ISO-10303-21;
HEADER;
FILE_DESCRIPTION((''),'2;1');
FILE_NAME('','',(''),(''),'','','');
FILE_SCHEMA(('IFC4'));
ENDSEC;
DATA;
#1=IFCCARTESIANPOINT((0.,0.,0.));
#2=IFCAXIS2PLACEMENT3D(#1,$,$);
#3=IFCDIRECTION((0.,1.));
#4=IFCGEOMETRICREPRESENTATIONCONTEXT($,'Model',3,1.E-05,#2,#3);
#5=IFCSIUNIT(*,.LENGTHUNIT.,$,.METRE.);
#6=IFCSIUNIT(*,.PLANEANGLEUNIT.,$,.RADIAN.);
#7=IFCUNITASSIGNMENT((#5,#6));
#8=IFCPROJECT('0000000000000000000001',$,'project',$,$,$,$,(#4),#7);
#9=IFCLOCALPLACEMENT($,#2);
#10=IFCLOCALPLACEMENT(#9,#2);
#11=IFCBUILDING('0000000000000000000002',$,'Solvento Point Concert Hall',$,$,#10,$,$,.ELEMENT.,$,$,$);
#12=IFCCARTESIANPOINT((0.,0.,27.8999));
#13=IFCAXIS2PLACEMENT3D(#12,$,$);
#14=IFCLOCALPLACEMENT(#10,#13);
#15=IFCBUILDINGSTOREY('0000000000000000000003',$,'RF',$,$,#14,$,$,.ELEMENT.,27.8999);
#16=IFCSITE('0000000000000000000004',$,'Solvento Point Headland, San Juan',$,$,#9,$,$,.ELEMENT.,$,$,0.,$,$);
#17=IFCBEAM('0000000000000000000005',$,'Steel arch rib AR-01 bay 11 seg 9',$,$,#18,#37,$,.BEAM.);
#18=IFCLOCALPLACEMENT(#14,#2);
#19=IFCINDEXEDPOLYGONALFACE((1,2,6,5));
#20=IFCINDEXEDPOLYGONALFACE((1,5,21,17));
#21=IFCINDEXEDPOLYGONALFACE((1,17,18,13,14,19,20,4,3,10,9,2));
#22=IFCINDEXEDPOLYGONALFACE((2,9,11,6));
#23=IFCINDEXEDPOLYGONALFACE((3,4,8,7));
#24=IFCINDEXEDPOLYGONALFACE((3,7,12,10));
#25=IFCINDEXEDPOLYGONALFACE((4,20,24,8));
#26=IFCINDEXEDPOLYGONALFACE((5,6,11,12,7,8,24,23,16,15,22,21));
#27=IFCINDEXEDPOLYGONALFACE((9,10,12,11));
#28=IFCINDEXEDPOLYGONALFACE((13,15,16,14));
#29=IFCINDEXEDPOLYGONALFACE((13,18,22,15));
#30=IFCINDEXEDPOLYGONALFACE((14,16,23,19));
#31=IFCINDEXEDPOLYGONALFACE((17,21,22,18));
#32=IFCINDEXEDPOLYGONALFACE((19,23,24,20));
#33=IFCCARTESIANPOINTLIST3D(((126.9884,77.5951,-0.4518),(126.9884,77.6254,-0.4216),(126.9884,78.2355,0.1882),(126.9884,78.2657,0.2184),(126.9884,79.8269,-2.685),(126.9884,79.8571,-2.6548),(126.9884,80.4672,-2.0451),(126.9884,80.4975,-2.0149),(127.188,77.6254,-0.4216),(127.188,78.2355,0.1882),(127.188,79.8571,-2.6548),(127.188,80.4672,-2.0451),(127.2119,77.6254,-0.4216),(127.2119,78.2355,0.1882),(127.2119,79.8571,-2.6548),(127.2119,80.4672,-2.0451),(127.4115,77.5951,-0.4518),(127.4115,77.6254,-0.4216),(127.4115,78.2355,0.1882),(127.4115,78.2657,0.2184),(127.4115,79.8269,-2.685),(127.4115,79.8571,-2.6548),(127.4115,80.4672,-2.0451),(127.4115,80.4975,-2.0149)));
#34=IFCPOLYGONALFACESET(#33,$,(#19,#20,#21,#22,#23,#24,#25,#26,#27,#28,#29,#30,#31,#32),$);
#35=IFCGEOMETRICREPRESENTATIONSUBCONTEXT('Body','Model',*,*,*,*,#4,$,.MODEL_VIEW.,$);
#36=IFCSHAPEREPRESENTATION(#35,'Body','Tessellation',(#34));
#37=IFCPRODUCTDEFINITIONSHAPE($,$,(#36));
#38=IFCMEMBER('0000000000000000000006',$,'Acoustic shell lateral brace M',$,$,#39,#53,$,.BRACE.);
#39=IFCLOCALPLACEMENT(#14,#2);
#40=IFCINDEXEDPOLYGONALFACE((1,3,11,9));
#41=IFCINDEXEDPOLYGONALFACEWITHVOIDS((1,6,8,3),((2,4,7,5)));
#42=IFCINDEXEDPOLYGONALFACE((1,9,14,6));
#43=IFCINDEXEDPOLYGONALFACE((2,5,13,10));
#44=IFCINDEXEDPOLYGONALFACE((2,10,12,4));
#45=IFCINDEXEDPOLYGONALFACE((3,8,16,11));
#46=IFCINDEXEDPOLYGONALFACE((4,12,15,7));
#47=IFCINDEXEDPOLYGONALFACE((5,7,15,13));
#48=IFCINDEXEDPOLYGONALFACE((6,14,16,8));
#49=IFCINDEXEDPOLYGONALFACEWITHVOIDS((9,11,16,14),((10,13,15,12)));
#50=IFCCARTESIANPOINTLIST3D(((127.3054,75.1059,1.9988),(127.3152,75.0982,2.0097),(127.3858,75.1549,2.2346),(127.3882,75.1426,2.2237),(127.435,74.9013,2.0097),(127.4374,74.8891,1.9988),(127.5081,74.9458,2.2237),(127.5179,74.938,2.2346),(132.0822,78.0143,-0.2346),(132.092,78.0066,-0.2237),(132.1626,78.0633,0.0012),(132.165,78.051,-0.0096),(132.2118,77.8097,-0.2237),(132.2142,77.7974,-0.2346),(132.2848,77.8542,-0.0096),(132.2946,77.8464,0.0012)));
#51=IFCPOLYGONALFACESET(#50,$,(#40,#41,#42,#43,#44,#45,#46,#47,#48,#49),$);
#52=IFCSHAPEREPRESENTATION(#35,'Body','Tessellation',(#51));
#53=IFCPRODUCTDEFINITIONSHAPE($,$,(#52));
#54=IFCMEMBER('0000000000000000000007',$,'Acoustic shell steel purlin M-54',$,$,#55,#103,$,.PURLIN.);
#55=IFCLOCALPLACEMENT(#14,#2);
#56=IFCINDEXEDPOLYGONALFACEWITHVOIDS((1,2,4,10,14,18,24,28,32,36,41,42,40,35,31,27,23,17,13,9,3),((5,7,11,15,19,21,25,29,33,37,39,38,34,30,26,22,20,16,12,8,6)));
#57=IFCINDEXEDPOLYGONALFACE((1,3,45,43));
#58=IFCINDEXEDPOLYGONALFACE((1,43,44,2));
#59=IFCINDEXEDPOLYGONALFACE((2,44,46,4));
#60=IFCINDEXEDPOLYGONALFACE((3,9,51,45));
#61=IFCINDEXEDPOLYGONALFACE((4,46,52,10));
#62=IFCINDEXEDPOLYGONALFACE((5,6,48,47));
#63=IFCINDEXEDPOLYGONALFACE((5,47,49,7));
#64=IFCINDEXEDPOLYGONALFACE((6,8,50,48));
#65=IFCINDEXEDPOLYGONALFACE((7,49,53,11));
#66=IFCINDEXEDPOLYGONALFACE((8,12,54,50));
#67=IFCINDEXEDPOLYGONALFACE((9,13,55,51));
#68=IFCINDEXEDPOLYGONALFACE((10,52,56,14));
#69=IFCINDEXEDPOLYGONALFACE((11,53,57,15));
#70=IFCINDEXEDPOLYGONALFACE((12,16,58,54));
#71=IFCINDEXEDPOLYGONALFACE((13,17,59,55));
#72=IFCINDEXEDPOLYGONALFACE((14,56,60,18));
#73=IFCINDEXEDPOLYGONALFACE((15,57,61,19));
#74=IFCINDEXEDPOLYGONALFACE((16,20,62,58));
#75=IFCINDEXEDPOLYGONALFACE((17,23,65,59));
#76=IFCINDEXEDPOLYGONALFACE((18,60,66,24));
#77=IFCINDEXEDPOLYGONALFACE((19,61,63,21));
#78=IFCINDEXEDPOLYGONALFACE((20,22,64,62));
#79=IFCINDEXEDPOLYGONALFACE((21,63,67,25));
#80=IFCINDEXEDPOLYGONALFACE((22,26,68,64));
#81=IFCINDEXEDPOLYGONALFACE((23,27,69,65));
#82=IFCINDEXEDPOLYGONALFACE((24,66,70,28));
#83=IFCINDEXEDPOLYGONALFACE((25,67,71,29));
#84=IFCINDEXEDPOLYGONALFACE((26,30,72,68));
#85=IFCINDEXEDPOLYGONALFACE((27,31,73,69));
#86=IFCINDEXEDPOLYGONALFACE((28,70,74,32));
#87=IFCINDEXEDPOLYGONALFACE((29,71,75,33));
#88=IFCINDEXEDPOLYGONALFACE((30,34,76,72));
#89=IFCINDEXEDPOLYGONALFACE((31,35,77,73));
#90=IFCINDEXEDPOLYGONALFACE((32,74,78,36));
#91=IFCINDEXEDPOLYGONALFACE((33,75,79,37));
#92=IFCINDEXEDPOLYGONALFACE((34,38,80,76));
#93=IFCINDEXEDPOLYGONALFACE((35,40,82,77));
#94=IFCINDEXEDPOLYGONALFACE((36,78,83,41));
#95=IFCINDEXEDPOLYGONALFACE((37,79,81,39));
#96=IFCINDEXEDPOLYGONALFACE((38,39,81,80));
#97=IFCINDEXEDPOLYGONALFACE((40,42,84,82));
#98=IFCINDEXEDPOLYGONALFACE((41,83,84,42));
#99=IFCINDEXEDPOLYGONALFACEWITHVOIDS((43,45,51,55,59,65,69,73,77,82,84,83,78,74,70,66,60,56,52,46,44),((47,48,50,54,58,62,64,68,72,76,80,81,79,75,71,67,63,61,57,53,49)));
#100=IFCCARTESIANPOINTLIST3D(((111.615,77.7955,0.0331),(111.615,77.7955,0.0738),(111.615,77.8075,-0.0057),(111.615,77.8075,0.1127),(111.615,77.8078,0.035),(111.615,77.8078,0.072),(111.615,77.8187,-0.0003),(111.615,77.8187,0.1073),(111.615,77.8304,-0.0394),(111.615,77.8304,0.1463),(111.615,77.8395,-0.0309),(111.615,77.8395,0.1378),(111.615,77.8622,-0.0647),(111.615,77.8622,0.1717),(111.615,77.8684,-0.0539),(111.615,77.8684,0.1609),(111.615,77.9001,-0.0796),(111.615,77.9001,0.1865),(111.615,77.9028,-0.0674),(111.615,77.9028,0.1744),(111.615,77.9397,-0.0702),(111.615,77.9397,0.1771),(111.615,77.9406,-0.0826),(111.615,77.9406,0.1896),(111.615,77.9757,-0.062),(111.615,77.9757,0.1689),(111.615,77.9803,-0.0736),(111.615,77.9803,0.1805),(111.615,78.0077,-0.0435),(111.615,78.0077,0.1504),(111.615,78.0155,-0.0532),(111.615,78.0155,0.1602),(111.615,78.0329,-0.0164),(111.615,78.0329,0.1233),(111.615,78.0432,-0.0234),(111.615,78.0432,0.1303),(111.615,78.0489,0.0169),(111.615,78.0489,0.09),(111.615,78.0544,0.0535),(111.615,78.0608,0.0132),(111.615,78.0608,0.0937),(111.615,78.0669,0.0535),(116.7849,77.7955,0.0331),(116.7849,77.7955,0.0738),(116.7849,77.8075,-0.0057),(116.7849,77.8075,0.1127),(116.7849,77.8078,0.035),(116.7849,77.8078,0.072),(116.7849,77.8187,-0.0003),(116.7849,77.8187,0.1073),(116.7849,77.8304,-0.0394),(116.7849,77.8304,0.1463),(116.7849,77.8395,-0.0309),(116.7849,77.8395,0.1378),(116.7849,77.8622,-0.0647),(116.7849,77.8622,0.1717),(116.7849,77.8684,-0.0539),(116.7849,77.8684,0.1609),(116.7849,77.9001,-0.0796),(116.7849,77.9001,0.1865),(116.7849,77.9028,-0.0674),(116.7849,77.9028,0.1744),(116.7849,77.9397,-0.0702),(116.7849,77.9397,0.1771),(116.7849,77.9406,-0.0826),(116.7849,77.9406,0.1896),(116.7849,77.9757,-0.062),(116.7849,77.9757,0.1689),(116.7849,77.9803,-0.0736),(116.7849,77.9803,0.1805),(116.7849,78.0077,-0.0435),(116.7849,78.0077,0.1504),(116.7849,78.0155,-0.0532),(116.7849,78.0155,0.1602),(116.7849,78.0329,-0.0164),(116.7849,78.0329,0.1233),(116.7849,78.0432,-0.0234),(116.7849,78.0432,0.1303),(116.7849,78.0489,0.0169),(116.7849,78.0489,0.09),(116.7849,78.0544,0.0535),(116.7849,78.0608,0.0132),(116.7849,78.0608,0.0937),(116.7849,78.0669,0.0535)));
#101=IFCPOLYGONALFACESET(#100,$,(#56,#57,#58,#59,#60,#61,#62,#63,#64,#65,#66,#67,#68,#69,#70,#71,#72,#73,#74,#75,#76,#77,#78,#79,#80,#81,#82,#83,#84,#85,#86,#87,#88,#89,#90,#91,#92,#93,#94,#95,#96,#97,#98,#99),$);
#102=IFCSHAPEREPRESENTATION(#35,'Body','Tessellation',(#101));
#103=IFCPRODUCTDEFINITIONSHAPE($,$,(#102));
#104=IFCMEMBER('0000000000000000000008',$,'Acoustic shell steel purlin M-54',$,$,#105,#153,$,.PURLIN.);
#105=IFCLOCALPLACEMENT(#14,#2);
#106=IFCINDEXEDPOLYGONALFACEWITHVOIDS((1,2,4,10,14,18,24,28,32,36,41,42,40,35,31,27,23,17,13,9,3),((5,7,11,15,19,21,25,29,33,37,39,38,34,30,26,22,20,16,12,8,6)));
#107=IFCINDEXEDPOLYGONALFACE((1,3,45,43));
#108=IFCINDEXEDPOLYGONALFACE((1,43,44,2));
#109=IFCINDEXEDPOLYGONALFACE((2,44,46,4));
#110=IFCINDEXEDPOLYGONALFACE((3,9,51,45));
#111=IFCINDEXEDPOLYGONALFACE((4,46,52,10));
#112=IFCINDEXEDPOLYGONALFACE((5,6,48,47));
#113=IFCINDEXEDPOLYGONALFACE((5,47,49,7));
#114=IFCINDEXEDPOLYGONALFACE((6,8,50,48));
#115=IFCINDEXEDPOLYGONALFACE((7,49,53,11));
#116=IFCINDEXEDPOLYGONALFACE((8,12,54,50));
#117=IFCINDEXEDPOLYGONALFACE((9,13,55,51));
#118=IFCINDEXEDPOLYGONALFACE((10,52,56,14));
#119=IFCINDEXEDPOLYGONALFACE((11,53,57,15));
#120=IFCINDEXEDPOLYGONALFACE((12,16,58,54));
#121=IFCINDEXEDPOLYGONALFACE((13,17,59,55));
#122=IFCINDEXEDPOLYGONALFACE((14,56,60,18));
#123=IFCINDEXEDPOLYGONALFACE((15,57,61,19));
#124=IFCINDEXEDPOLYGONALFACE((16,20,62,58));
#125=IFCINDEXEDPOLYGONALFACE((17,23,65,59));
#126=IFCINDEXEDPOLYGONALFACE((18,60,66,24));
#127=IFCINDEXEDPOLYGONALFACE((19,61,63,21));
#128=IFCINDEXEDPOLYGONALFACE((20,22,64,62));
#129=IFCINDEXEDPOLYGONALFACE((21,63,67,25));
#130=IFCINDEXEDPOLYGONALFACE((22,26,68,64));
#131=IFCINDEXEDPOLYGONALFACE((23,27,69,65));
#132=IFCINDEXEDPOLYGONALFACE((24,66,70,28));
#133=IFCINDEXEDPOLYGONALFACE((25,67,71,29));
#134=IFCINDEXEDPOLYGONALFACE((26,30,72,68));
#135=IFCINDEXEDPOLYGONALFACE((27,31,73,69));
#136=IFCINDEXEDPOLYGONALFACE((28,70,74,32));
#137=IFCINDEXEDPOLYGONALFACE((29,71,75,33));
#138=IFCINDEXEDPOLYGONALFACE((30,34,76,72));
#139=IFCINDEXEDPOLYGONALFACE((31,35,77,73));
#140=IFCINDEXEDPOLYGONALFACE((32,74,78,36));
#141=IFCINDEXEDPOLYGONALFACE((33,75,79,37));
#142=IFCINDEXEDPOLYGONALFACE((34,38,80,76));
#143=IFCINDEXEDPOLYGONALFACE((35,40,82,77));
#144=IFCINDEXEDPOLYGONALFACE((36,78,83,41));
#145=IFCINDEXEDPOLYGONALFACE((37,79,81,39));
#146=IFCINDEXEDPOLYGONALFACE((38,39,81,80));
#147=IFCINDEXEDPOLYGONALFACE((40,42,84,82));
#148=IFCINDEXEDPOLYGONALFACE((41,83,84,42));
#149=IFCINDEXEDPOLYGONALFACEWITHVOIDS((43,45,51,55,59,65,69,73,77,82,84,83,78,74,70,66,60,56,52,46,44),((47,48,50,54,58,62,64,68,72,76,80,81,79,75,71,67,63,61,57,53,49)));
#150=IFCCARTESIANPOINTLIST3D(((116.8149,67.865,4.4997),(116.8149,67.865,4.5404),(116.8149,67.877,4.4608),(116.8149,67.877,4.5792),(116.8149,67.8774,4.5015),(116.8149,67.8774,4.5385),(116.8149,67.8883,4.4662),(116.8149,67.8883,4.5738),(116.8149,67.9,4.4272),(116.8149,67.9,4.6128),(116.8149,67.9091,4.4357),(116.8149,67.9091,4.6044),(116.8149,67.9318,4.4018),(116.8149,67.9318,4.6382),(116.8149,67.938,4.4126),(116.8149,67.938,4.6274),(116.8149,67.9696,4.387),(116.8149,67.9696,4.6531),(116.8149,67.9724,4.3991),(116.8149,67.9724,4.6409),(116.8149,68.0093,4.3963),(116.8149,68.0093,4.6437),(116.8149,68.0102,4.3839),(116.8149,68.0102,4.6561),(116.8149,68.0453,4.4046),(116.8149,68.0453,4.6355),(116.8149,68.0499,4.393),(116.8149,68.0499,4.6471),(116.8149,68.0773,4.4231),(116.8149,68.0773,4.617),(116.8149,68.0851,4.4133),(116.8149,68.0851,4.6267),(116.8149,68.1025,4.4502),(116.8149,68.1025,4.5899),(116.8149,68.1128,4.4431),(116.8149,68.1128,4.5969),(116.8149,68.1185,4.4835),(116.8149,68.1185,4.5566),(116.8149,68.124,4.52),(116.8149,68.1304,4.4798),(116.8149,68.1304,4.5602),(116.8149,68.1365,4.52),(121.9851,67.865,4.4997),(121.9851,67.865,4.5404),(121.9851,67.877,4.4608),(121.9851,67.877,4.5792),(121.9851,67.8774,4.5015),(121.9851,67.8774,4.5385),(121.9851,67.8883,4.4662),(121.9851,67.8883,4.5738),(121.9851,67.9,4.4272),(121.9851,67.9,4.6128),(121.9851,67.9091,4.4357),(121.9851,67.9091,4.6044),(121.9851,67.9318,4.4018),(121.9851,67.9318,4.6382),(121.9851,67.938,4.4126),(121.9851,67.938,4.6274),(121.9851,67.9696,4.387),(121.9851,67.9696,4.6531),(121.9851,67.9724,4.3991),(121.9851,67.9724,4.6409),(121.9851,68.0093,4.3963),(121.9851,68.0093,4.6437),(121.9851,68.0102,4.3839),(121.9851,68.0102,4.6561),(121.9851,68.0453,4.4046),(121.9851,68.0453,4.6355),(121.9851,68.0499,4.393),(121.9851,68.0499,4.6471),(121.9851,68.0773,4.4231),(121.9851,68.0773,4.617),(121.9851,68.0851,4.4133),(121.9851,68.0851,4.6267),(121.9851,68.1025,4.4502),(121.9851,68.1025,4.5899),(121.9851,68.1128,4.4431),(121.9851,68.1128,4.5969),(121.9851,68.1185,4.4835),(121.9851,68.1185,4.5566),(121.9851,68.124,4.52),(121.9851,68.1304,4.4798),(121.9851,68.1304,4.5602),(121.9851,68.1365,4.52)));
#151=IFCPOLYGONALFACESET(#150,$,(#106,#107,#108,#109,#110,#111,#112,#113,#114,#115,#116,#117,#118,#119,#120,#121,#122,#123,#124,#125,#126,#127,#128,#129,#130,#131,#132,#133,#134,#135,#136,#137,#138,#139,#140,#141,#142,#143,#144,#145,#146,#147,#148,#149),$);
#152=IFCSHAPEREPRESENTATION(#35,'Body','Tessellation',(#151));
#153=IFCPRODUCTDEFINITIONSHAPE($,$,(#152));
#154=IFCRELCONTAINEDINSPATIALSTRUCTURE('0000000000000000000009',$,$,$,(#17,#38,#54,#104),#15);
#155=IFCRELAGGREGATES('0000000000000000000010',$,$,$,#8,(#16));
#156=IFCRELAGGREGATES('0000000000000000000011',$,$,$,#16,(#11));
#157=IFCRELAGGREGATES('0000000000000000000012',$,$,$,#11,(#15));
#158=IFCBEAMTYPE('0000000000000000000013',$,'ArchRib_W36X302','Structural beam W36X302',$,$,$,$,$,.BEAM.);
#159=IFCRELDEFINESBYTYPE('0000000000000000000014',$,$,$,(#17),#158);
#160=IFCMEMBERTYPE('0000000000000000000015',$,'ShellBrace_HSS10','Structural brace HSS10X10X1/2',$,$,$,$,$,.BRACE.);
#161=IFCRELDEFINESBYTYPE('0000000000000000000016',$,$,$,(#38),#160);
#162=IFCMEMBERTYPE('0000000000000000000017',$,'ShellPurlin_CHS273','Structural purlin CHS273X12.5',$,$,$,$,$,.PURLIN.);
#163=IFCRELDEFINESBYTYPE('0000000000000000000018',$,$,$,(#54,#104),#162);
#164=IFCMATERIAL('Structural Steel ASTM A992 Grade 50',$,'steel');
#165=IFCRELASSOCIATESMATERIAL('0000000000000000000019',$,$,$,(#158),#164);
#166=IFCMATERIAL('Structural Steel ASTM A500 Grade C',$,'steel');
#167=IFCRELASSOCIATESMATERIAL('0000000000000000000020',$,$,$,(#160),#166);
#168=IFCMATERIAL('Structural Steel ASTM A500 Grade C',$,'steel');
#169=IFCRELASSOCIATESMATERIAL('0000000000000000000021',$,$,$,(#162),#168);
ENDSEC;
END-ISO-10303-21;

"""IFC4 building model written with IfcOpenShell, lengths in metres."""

from ifc_helpers import new_model, si_unit, direction, frame, origin, origin_2d, place, context, subcontext, project, spatial, hollow_rectangle, hollow_circle, i_section, extrude, material, material_profile, profile_set, type_object, element, save


model = new_model("IFC4")

# Units and contexts
model_context = context("Model", 3, precision=1e-05, world=origin(), true_north=direction((0.0, 1.0)))
body_context = subcontext(model_context, "Body", "Model", "MODEL_VIEW")
ifc_project = project(units=[si_unit("LENGTHUNIT", "METRE"), si_unit("PLANEANGLEUNIT", "RADIAN")], contexts=[model_context])

# Site, building, storey
site_placement = place(None, origin())
site = spatial("IfcSite", under=ifc_project, at=site_placement, Name="Solvento Point Headland, San Juan", CompositionType="ELEMENT", RefElevation=0.0)
building_placement = place(site_placement, origin())
building = spatial("IfcBuilding", under=site, at=building_placement, Name="Solvento Point Concert Hall", CompositionType="ELEMENT")
storey_placement = place(building_placement, frame((0.0, 0.0, 27.8999)))
storey = spatial("IfcBuildingStorey", under=building, at=storey_placement, Name="RF", CompositionType="ELEMENT", Elevation=27.8999)

# Beam
ifc_material_1 = material(Name="Structural Steel ASTM A992 Grade 50", Category="steel")
ifc_material_profile_1 = material_profile(ifc_material_1, i_section(OverallWidth=0.4231, OverallDepth=0.948, WebThickness=0.0239, FlangeThickness=0.0427, at=origin_2d()), Name="W36X302")
ifc_profile_set_1 = profile_set([ifc_material_profile_1], Name="Structural Steel ASTM A992 Grade 50")
beam_type = type_object("IfcBeamType", Name="ArchRib_W36X302", Description="Structural beam W36X302", PredefinedType="BEAM", material=ifc_profile_set_1)
beam_1_placement = place(storey_placement, frame((127.2, 77.9304, -0.1167), z_axis=(0.0, 0.706875, -0.707339), x_axis=(-1.0, 0.0, 0.0)))
element("IfcBeam", 1, at=beam_1_placement, inside=storey, type_object=beam_type, Name="Steel arch rib AR-01 bay 11 seg 9", PredefinedType="BEAM", context=body_context, shape_type="SweptSolid", body=[
    extrude(i_section(OverallWidth=0.4231, OverallDepth=0.948, WebThickness=0.0239, FlangeThickness=0.0427, at=origin_2d()), origin(), (0.0, 0.0, 1.0), 3.1572),
])

# Members
ifc_material_2 = material(Name="Structural Steel ASTM A500 Grade C", Category="steel")
ifc_material_profile_2 = material_profile(ifc_material_2, hollow_rectangle(XDim=0.2539, YDim=0.2539, WallThickness=0.0117, at=origin_2d()), Name="HSS10X10X1/2")
ifc_profile_set_2 = profile_set([ifc_material_profile_2], Name="Structural Steel ASTM A500 Grade C")
member_type_1 = type_object("IfcMemberType", Name="ShellBrace_HSS10", Description="Structural brace HSS10X10X1/2", PredefinedType="BRACE", material=ifc_profile_set_2)
member_1_placement = place(storey_placement, frame((127.4116, 75.022, 2.1167), z_axis=(0.793223, 0.482964, -0.370868), x_axis=(-0.520051, 0.854135, 0.0)))
element("IfcMember", 2, at=member_1_placement, inside=storey, type_object=member_type_1, Name="Acoustic shell lateral brace M", PredefinedType="BRACE", context=body_context, shape_type="SweptSolid", body=[
    extrude(hollow_rectangle(XDim=0.2539, YDim=0.2539, WallThickness=0.0117, at=origin_2d()), origin(), (0.0, 0.0, 1.0), 6.022),
])
ifc_material_3 = material(Name="Structural Steel ASTM A500 Grade C", Category="steel")
ifc_material_profile_3 = material_profile(ifc_material_3, hollow_circle(Radius=0.1365, WallThickness=0.0125, at=origin_2d()), Name="CHS273X12.5")
ifc_profile_set_3 = profile_set([ifc_material_profile_3], Name="Structural Steel ASTM A500 Grade C")
member_type_2 = type_object("IfcMemberType", Name="ShellPurlin_CHS273", Description="Structural purlin CHS273X12.5", PredefinedType="PURLIN", material=ifc_profile_set_3)
member_2_placement = place(storey_placement, frame((111.615, 77.9304, 0.0535), z_axis=(1.0, 0.0, 0.0), x_axis=(0.0, 1.0, 0.0)))
element("IfcMember", 3, at=member_2_placement, inside=storey, type_object=member_type_2, Name="Acoustic shell steel purlin M-54", PredefinedType="PURLIN", context=body_context, shape_type="SweptSolid", body=[
    extrude(hollow_circle(Radius=0.1365, WallThickness=0.0125, at=origin_2d()), origin(), (0.0, 0.0, 1.0), 5.1699),
])
for number, where, z_axis, x_axis, name in (
    (4, (116.8149, 68.0, 4.52), (1.0, 0.0, 0.0), (0.0, 1.0, 0.0), "Acoustic shell steel purlin M-54"),
):
    element("IfcMember", number, at=place(storey_placement, frame(where, z_axis=z_axis, x_axis=x_axis)), inside=storey, type_object=member_type_2, Name=name, PredefinedType="PURLIN", context=body_context, shape_type="SweptSolid", body=[
        extrude(hollow_circle(Radius=0.1365, WallThickness=0.0125, at=origin_2d()), origin(), (0.0, 0.0, 1.0), 5.1702),
    ])

save(model, "model.ifc")
